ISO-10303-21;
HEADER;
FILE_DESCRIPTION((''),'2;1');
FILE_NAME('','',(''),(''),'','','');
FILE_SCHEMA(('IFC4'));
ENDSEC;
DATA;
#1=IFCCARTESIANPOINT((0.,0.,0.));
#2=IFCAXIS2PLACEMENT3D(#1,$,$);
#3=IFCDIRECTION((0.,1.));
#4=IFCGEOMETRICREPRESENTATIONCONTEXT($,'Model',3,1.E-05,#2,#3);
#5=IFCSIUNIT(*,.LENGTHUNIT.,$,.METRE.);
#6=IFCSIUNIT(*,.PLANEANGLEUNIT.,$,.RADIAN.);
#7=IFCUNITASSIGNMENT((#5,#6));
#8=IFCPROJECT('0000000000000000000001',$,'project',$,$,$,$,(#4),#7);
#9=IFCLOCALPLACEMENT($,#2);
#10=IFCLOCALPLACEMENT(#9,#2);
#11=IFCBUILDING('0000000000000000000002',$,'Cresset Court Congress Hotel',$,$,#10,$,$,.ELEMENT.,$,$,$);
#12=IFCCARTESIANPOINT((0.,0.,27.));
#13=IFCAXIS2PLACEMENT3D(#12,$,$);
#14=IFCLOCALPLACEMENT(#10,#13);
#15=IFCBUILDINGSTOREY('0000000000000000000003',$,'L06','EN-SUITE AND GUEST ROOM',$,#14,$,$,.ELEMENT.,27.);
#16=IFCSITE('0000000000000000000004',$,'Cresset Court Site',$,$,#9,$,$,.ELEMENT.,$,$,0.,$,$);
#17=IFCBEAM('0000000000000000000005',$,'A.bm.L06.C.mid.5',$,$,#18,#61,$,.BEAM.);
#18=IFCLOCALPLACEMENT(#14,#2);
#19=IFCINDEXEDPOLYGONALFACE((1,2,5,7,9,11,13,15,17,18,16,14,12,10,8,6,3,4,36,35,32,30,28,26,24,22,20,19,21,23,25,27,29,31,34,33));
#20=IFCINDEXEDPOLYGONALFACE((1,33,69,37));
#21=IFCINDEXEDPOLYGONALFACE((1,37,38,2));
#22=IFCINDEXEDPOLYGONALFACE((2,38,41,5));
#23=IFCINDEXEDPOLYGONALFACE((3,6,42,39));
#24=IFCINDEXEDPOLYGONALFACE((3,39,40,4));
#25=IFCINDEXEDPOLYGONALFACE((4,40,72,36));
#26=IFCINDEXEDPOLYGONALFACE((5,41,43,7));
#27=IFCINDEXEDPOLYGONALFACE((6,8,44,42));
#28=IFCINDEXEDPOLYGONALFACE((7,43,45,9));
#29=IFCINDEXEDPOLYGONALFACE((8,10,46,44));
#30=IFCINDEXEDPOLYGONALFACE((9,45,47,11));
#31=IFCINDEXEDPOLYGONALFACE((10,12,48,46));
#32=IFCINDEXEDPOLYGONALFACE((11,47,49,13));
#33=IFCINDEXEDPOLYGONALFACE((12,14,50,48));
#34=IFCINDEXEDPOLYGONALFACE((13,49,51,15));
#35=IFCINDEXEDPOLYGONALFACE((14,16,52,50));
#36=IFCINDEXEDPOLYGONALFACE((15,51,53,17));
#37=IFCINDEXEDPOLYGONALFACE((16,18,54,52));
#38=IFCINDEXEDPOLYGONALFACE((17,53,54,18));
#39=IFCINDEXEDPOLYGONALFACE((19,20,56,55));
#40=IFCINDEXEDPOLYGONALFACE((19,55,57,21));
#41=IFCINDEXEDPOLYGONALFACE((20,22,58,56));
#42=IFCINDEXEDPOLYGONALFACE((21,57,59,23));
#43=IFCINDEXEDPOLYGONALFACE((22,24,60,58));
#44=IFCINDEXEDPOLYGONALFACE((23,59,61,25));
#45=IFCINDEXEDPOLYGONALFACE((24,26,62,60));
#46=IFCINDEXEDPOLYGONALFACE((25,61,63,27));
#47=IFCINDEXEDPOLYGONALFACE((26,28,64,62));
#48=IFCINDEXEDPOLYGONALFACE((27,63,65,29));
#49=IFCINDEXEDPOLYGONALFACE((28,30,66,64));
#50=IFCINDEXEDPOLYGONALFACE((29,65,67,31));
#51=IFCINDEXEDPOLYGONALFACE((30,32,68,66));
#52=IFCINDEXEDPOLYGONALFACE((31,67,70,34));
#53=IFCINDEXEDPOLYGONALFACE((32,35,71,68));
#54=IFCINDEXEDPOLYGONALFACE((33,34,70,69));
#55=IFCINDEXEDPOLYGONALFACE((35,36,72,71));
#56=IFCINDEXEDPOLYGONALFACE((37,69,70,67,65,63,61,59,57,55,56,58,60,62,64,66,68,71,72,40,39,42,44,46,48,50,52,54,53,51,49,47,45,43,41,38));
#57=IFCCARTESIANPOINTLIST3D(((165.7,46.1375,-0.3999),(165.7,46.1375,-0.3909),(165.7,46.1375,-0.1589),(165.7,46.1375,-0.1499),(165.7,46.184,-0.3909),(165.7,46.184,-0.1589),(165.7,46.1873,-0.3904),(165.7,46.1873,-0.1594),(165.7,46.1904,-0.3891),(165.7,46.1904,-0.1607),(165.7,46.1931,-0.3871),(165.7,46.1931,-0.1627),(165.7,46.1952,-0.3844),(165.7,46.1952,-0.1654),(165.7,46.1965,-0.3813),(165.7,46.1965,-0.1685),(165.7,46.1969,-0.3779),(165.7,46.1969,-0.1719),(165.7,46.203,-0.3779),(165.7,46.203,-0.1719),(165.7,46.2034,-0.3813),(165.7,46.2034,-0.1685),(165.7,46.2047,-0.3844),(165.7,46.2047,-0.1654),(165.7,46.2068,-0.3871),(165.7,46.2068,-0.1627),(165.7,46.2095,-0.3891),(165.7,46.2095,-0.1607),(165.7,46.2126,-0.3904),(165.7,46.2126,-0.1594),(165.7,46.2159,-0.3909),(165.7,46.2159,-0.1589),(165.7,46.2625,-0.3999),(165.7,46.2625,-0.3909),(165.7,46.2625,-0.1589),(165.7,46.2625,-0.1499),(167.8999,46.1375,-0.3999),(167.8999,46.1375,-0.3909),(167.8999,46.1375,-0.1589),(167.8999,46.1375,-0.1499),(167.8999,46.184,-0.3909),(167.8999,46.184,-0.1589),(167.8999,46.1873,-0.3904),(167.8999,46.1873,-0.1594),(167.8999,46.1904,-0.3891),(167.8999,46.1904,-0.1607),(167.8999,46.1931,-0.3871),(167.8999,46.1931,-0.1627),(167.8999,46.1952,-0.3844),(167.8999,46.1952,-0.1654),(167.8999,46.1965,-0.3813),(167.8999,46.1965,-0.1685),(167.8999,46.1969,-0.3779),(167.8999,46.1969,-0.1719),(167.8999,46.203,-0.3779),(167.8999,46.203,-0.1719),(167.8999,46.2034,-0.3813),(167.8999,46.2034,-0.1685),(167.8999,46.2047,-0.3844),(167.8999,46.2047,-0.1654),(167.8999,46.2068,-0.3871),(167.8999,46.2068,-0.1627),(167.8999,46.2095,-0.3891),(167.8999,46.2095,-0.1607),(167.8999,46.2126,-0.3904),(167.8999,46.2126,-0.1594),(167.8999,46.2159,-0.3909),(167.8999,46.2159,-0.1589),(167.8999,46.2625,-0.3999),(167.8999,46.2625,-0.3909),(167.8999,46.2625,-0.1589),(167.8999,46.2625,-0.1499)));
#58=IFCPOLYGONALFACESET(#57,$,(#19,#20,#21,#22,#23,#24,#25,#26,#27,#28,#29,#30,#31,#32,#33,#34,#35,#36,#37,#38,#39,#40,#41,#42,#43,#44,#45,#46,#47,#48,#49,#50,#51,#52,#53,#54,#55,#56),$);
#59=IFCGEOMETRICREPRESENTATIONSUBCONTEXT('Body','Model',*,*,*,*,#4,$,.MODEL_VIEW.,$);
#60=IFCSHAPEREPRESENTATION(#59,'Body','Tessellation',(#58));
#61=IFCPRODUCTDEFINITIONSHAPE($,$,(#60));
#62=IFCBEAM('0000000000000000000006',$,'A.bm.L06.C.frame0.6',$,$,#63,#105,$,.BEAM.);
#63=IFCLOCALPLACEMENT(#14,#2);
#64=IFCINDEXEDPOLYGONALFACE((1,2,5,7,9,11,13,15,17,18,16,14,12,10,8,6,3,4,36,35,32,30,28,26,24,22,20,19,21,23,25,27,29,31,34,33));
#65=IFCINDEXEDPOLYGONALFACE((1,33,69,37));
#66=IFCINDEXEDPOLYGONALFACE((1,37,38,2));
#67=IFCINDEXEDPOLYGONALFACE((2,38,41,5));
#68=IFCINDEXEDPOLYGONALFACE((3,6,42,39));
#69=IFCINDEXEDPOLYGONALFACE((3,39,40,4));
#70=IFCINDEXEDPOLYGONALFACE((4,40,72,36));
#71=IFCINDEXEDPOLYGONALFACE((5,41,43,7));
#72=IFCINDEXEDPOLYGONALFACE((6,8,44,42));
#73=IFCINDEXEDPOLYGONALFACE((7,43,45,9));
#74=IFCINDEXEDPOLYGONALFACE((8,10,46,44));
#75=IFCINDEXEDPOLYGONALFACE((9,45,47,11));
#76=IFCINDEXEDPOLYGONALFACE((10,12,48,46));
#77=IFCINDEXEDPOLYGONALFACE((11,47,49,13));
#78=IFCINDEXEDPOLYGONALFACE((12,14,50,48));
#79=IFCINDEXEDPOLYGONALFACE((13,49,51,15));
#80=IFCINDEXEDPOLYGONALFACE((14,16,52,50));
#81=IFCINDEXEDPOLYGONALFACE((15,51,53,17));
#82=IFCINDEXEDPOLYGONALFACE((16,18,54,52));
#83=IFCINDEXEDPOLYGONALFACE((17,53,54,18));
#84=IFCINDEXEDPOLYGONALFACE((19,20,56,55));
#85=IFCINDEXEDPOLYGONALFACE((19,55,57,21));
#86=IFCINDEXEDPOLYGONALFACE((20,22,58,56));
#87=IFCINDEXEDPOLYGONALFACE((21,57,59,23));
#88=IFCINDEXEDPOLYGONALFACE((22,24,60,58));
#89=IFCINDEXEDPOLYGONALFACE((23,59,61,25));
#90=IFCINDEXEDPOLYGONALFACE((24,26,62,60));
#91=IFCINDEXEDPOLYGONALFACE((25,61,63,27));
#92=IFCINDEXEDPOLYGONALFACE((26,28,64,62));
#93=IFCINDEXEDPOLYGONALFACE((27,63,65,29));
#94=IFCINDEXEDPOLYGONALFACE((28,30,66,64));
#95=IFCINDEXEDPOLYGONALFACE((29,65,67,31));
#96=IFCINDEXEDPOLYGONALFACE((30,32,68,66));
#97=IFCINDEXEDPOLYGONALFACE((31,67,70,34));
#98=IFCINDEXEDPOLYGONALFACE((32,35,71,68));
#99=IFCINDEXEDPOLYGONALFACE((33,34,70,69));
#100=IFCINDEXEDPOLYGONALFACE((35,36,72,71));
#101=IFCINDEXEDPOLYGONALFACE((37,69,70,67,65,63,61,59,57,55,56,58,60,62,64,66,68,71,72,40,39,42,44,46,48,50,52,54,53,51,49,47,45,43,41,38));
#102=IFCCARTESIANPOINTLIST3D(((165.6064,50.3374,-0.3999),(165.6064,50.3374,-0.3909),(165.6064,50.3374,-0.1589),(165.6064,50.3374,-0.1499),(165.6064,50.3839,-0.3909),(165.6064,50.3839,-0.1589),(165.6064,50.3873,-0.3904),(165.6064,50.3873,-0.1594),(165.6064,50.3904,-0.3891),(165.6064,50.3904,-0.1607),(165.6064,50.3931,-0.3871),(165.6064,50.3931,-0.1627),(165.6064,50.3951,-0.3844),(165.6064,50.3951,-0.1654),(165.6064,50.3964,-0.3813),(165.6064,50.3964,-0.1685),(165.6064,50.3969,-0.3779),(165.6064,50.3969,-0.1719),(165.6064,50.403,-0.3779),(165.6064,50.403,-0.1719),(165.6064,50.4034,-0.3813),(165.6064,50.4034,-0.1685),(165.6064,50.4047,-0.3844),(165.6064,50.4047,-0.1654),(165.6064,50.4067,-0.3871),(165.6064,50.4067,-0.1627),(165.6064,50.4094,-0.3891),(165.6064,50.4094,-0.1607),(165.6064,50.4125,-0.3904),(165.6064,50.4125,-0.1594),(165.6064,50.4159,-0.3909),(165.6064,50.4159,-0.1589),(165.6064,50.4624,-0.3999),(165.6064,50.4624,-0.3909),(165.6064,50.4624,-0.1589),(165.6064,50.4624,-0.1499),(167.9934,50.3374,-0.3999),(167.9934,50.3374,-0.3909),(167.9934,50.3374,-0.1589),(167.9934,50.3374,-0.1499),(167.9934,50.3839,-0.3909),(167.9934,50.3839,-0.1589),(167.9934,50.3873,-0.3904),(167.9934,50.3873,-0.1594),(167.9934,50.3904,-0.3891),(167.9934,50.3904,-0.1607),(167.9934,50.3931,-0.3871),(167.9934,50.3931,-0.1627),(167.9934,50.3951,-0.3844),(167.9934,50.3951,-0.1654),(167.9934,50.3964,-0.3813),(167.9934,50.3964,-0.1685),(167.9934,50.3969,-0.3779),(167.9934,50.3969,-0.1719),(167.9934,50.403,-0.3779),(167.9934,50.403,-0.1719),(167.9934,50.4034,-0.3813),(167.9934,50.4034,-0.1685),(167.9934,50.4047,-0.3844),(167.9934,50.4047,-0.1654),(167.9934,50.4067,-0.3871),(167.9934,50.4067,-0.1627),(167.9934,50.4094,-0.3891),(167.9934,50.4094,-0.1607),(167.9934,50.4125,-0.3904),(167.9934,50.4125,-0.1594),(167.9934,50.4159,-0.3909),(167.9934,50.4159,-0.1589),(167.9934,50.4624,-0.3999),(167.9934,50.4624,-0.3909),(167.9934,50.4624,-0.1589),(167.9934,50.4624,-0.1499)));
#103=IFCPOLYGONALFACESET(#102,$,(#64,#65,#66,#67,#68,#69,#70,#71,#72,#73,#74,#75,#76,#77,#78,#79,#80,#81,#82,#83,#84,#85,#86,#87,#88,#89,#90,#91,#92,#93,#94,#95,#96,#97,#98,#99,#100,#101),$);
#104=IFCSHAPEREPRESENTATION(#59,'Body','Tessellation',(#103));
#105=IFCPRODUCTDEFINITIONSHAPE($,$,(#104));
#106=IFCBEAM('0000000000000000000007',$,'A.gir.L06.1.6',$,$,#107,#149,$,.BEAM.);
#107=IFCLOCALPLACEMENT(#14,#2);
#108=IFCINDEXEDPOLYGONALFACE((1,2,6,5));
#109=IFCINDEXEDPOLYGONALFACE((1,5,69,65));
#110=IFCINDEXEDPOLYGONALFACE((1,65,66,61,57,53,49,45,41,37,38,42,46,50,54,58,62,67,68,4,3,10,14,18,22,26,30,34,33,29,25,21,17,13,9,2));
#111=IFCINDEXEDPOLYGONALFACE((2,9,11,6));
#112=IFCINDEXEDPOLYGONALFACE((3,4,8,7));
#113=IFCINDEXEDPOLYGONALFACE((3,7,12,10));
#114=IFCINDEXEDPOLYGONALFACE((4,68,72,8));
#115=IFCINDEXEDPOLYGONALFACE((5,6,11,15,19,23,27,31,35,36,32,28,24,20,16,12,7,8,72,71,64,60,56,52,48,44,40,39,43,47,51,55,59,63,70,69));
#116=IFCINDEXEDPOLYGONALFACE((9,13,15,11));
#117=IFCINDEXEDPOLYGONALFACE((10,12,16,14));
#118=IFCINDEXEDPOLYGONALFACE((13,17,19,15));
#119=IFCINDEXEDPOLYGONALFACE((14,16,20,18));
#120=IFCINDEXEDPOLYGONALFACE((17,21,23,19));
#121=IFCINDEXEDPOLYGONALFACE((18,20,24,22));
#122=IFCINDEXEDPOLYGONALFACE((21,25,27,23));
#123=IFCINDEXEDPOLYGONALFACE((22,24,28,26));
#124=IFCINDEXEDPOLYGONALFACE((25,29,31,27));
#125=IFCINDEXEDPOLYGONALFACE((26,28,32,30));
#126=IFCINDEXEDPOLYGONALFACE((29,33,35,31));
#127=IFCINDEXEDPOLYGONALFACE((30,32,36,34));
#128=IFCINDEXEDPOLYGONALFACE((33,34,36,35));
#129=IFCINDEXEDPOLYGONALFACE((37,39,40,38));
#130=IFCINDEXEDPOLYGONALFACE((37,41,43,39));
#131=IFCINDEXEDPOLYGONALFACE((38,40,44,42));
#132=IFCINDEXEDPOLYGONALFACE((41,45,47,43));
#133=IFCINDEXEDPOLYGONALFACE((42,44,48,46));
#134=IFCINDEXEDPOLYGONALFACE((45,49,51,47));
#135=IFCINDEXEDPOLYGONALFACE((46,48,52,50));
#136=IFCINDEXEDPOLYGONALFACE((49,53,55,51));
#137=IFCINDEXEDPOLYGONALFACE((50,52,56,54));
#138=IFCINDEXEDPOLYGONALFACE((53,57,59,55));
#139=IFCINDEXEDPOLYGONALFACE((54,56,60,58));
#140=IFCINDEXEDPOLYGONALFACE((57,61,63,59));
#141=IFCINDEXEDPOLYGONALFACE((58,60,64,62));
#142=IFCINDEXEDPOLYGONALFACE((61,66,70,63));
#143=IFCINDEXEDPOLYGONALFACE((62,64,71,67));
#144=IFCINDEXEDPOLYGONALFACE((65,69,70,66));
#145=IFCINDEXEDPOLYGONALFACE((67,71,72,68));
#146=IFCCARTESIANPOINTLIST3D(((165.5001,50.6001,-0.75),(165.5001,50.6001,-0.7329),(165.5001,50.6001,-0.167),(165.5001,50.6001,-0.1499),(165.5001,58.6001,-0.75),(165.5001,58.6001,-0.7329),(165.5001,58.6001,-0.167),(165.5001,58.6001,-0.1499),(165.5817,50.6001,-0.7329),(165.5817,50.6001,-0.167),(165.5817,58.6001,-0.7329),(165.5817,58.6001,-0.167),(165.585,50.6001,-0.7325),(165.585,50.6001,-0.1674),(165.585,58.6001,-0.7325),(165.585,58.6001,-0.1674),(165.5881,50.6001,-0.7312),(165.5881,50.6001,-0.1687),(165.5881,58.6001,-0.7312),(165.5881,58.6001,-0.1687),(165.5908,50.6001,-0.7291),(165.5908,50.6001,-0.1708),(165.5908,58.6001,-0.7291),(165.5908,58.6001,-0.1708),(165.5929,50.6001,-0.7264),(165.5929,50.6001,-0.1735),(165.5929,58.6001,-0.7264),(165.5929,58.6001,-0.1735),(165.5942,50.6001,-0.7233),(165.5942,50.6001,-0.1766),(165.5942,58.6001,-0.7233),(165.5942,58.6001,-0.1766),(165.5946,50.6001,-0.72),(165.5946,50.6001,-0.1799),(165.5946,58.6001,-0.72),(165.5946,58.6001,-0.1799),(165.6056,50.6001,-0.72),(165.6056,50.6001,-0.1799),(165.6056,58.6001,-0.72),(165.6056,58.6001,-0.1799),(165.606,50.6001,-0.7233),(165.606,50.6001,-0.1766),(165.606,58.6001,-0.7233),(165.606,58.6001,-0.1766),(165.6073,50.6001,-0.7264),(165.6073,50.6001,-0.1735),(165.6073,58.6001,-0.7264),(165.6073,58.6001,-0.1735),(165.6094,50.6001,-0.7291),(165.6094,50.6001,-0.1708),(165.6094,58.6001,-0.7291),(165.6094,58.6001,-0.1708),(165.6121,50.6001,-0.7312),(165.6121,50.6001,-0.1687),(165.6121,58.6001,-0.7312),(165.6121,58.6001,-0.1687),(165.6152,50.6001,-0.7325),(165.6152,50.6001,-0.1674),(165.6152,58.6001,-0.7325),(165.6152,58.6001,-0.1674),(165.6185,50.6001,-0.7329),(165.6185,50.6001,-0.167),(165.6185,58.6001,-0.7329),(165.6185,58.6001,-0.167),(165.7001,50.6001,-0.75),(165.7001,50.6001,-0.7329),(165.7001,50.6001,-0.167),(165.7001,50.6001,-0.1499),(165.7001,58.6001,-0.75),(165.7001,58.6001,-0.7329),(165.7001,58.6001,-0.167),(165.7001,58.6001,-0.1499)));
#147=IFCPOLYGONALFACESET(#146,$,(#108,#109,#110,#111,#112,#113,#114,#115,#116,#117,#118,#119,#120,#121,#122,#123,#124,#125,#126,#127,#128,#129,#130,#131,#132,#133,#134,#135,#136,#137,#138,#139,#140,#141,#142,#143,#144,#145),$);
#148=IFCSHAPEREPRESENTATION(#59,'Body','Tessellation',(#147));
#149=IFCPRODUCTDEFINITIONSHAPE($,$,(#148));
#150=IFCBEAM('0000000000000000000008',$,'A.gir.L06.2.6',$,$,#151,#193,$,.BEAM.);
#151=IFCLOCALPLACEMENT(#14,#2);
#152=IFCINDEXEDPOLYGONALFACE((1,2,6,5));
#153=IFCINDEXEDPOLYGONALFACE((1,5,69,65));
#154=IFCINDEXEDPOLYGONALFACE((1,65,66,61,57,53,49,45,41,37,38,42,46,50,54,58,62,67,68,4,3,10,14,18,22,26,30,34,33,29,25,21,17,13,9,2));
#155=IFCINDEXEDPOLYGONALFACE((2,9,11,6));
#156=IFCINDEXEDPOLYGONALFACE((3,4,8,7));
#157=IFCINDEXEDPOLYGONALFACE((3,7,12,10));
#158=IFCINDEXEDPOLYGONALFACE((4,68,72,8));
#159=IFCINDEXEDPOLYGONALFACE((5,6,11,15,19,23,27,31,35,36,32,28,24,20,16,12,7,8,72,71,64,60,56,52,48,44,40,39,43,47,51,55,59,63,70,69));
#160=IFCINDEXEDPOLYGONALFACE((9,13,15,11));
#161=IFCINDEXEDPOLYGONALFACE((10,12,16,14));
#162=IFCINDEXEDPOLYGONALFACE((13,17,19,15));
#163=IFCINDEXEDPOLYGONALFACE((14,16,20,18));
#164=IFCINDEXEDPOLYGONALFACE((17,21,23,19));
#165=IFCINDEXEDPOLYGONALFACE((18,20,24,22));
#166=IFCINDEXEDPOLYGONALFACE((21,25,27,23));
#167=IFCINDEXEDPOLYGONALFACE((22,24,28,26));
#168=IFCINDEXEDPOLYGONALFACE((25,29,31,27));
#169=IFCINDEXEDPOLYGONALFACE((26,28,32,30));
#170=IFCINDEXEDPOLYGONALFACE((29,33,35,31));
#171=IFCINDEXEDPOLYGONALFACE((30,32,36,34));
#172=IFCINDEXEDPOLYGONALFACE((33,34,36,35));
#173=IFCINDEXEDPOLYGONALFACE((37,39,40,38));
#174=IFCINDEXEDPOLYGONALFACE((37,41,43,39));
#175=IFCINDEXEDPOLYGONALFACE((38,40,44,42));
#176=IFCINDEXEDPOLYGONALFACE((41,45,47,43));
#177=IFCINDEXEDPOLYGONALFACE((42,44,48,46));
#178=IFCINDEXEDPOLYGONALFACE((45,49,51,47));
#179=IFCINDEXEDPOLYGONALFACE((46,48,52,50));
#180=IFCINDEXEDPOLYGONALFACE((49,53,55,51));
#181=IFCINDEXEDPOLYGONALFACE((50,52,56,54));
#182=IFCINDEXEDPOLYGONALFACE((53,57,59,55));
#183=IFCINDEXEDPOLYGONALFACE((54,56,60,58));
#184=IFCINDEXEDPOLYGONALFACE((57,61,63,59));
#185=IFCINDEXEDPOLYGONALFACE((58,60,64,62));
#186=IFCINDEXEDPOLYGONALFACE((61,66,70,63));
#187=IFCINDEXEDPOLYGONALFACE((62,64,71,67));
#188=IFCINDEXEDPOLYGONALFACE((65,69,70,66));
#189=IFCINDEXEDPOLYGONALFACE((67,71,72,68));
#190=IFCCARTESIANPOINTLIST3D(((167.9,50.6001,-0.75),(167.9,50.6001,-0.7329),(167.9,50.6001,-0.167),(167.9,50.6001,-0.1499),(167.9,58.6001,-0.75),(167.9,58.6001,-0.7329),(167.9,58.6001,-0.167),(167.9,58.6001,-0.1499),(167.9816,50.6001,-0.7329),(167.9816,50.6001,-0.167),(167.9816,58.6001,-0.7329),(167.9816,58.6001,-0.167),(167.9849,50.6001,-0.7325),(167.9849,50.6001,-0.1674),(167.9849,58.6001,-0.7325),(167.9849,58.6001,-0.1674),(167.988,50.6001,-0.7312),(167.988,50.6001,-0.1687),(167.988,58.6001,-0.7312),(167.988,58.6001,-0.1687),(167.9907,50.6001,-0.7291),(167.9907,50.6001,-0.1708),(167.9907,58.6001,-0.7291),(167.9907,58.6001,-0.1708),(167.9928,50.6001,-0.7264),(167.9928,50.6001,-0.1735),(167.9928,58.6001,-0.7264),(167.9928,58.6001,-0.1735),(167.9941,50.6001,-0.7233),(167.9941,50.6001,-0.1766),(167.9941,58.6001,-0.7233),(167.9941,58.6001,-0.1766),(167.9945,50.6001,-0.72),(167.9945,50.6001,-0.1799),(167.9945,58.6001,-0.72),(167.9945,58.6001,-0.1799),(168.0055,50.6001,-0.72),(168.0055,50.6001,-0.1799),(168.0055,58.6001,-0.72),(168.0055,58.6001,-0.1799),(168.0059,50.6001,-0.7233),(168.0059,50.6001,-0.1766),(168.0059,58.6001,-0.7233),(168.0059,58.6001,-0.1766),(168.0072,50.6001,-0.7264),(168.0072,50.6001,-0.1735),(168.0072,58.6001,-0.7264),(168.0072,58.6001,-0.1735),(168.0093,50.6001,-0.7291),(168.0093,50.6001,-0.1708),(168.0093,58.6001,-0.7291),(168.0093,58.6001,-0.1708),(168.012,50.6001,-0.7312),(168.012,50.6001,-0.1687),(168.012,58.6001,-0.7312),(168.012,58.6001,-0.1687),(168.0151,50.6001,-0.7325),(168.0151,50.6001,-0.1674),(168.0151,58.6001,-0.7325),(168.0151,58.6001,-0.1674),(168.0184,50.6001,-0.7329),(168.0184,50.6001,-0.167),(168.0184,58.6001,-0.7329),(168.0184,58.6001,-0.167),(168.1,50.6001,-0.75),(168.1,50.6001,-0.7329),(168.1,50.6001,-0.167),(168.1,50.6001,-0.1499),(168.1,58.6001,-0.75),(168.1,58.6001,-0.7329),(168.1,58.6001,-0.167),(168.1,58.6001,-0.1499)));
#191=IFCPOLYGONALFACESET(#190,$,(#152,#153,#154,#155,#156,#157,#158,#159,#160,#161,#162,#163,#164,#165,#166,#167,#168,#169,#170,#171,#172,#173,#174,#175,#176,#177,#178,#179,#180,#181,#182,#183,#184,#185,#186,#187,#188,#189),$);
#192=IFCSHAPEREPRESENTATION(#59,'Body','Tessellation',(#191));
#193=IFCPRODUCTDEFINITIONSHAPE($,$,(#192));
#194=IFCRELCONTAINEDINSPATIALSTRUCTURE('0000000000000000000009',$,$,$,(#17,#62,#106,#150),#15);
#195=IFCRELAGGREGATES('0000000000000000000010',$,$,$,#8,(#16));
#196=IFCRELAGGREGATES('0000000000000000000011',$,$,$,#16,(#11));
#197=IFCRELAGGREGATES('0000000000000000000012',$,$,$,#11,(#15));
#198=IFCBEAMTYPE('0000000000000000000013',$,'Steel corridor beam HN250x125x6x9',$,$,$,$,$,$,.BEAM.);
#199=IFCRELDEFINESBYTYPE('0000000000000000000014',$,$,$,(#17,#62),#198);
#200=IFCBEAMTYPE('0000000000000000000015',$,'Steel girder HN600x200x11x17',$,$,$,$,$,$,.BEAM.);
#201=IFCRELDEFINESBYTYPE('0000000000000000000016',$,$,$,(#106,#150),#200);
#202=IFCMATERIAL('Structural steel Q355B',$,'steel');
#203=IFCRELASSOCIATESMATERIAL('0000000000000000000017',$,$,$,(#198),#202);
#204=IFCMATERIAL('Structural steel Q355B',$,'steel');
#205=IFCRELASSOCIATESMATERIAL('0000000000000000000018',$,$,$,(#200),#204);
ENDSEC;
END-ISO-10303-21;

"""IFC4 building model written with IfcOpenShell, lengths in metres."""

from ifc_helpers import new_model, si_unit, direction, frame, origin, origin_2d, place, context, subcontext, project, spatial, i_section, extrude, material, material_profile, profile_set, type_object, element, save


model = new_model("IFC4")

# Units and contexts
model_context = context("Model", 3, precision=1e-05, world=origin(), true_north=direction((0.0, 1.0)))
body_context = subcontext(model_context, "Body", "Model", "MODEL_VIEW")
ifc_project = project(units=[si_unit("LENGTHUNIT", "METRE"), si_unit("PLANEANGLEUNIT", "RADIAN")], contexts=[model_context])

# Site, building, storey
site_placement = place(None, origin())
site = spatial("IfcSite", under=ifc_project, at=site_placement, Name="Cresset Court Site", CompositionType="ELEMENT", RefElevation=0.0)
building_placement = place(site_placement, origin())
building = spatial("IfcBuilding", under=site, at=building_placement, Name="Cresset Court Congress Hotel", CompositionType="ELEMENT")
storey_placement = place(building_placement, frame((0.0, 0.0, 27.0)))
storey = spatial("IfcBuildingStorey", under=building, at=storey_placement, Name="L06", Description="EN-SUITE AND GUEST ROOM", CompositionType="ELEMENT", Elevation=27.0)

# Beams
ifc_material_1 = material(Name="Structural steel Q355B", Category="steel")
ifc_material_profile_1 = material_profile(ifc_material_1, i_section(OverallWidth=0.125, OverallDepth=0.25, WebThickness=0.0061, FlangeThickness=0.009, FilletRadius=0.0129, at=origin_2d()), Name="HN250x125x6x9")
ifc_profile_set_1 = profile_set([ifc_material_profile_1], Name="Structural steel Q355B")
beam_type_1 = type_object("IfcBeamType", Name="Steel corridor beam HN250x125x6x9", PredefinedType="BEAM", material=ifc_profile_set_1)
beam_1_placement = place(storey_placement, frame((165.7, 46.2, -0.2749), z_axis=(1.0, 0.0, 0.0), x_axis=(0.0, 1.0, 0.0)))
element("IfcBeam", 1, at=beam_1_placement, inside=storey, type_object=beam_type_1, Name="A.bm.L06.C.mid.5", PredefinedType="BEAM", context=body_context, shape_type="SweptSolid", body=[
    extrude(i_section(OverallWidth=0.125, OverallDepth=0.25, WebThickness=0.0061, FlangeThickness=0.009, FilletRadius=0.0129, at=origin_2d()), origin(), (0.0, 0.0, 1.0), 2.2),
])
beam_2_placement = place(storey_placement, frame((165.6064, 50.3999, -0.2749), z_axis=(1.0, 0.0, 0.0), x_axis=(0.0, 1.0, 0.0)))
element("IfcBeam", 2, at=beam_2_placement, inside=storey, type_object=beam_type_1, Name="A.bm.L06.C.frame0.6", PredefinedType="BEAM", context=body_context, shape_type="SweptSolid", body=[
    extrude(i_section(OverallWidth=0.125, OverallDepth=0.25, WebThickness=0.0061, FlangeThickness=0.009, FilletRadius=0.0129, at=origin_2d()), origin(), (0.0, 0.0, 1.0), 2.387),
])
ifc_material_2 = material(Name="Structural steel Q355B", Category="steel")
ifc_material_profile_2 = material_profile(ifc_material_2, i_section(OverallWidth=0.2, OverallDepth=0.6001, WebThickness=0.011, FlangeThickness=0.0171, FilletRadius=0.0129, at=origin_2d()), Name="HN600x200x11x17")
ifc_profile_set_2 = profile_set([ifc_material_profile_2], Name="Structural steel Q355B")
beam_type_2 = type_object("IfcBeamType", Name="Steel girder HN600x200x11x17", PredefinedType="BEAM", material=ifc_profile_set_2)
for number, where, z_axis, x_axis, name in (
    (3, (165.6001, 50.6001, -0.45), (0.0, 1.0, 0.0), (-1.0, 0.0, 0.0), "A.gir.L06.1.6"),
    (4, (168.0, 50.6001, -0.45), (0.0, 1.0, 0.0), (-1.0, 0.0, 0.0), "A.gir.L06.2.6"),
):
    element("IfcBeam", number, at=place(storey_placement, frame(where, z_axis=z_axis, x_axis=x_axis)), inside=storey, type_object=beam_type_2, Name=name, PredefinedType="BEAM", context=body_context, shape_type="SweptSolid", body=[
        extrude(i_section(OverallWidth=0.2, OverallDepth=0.6001, WebThickness=0.011, FlangeThickness=0.0171, FilletRadius=0.0129, at=origin_2d()), origin(), (0.0, 0.0, 1.0), 8.0),
    ])

save(model, "model.ifc")
